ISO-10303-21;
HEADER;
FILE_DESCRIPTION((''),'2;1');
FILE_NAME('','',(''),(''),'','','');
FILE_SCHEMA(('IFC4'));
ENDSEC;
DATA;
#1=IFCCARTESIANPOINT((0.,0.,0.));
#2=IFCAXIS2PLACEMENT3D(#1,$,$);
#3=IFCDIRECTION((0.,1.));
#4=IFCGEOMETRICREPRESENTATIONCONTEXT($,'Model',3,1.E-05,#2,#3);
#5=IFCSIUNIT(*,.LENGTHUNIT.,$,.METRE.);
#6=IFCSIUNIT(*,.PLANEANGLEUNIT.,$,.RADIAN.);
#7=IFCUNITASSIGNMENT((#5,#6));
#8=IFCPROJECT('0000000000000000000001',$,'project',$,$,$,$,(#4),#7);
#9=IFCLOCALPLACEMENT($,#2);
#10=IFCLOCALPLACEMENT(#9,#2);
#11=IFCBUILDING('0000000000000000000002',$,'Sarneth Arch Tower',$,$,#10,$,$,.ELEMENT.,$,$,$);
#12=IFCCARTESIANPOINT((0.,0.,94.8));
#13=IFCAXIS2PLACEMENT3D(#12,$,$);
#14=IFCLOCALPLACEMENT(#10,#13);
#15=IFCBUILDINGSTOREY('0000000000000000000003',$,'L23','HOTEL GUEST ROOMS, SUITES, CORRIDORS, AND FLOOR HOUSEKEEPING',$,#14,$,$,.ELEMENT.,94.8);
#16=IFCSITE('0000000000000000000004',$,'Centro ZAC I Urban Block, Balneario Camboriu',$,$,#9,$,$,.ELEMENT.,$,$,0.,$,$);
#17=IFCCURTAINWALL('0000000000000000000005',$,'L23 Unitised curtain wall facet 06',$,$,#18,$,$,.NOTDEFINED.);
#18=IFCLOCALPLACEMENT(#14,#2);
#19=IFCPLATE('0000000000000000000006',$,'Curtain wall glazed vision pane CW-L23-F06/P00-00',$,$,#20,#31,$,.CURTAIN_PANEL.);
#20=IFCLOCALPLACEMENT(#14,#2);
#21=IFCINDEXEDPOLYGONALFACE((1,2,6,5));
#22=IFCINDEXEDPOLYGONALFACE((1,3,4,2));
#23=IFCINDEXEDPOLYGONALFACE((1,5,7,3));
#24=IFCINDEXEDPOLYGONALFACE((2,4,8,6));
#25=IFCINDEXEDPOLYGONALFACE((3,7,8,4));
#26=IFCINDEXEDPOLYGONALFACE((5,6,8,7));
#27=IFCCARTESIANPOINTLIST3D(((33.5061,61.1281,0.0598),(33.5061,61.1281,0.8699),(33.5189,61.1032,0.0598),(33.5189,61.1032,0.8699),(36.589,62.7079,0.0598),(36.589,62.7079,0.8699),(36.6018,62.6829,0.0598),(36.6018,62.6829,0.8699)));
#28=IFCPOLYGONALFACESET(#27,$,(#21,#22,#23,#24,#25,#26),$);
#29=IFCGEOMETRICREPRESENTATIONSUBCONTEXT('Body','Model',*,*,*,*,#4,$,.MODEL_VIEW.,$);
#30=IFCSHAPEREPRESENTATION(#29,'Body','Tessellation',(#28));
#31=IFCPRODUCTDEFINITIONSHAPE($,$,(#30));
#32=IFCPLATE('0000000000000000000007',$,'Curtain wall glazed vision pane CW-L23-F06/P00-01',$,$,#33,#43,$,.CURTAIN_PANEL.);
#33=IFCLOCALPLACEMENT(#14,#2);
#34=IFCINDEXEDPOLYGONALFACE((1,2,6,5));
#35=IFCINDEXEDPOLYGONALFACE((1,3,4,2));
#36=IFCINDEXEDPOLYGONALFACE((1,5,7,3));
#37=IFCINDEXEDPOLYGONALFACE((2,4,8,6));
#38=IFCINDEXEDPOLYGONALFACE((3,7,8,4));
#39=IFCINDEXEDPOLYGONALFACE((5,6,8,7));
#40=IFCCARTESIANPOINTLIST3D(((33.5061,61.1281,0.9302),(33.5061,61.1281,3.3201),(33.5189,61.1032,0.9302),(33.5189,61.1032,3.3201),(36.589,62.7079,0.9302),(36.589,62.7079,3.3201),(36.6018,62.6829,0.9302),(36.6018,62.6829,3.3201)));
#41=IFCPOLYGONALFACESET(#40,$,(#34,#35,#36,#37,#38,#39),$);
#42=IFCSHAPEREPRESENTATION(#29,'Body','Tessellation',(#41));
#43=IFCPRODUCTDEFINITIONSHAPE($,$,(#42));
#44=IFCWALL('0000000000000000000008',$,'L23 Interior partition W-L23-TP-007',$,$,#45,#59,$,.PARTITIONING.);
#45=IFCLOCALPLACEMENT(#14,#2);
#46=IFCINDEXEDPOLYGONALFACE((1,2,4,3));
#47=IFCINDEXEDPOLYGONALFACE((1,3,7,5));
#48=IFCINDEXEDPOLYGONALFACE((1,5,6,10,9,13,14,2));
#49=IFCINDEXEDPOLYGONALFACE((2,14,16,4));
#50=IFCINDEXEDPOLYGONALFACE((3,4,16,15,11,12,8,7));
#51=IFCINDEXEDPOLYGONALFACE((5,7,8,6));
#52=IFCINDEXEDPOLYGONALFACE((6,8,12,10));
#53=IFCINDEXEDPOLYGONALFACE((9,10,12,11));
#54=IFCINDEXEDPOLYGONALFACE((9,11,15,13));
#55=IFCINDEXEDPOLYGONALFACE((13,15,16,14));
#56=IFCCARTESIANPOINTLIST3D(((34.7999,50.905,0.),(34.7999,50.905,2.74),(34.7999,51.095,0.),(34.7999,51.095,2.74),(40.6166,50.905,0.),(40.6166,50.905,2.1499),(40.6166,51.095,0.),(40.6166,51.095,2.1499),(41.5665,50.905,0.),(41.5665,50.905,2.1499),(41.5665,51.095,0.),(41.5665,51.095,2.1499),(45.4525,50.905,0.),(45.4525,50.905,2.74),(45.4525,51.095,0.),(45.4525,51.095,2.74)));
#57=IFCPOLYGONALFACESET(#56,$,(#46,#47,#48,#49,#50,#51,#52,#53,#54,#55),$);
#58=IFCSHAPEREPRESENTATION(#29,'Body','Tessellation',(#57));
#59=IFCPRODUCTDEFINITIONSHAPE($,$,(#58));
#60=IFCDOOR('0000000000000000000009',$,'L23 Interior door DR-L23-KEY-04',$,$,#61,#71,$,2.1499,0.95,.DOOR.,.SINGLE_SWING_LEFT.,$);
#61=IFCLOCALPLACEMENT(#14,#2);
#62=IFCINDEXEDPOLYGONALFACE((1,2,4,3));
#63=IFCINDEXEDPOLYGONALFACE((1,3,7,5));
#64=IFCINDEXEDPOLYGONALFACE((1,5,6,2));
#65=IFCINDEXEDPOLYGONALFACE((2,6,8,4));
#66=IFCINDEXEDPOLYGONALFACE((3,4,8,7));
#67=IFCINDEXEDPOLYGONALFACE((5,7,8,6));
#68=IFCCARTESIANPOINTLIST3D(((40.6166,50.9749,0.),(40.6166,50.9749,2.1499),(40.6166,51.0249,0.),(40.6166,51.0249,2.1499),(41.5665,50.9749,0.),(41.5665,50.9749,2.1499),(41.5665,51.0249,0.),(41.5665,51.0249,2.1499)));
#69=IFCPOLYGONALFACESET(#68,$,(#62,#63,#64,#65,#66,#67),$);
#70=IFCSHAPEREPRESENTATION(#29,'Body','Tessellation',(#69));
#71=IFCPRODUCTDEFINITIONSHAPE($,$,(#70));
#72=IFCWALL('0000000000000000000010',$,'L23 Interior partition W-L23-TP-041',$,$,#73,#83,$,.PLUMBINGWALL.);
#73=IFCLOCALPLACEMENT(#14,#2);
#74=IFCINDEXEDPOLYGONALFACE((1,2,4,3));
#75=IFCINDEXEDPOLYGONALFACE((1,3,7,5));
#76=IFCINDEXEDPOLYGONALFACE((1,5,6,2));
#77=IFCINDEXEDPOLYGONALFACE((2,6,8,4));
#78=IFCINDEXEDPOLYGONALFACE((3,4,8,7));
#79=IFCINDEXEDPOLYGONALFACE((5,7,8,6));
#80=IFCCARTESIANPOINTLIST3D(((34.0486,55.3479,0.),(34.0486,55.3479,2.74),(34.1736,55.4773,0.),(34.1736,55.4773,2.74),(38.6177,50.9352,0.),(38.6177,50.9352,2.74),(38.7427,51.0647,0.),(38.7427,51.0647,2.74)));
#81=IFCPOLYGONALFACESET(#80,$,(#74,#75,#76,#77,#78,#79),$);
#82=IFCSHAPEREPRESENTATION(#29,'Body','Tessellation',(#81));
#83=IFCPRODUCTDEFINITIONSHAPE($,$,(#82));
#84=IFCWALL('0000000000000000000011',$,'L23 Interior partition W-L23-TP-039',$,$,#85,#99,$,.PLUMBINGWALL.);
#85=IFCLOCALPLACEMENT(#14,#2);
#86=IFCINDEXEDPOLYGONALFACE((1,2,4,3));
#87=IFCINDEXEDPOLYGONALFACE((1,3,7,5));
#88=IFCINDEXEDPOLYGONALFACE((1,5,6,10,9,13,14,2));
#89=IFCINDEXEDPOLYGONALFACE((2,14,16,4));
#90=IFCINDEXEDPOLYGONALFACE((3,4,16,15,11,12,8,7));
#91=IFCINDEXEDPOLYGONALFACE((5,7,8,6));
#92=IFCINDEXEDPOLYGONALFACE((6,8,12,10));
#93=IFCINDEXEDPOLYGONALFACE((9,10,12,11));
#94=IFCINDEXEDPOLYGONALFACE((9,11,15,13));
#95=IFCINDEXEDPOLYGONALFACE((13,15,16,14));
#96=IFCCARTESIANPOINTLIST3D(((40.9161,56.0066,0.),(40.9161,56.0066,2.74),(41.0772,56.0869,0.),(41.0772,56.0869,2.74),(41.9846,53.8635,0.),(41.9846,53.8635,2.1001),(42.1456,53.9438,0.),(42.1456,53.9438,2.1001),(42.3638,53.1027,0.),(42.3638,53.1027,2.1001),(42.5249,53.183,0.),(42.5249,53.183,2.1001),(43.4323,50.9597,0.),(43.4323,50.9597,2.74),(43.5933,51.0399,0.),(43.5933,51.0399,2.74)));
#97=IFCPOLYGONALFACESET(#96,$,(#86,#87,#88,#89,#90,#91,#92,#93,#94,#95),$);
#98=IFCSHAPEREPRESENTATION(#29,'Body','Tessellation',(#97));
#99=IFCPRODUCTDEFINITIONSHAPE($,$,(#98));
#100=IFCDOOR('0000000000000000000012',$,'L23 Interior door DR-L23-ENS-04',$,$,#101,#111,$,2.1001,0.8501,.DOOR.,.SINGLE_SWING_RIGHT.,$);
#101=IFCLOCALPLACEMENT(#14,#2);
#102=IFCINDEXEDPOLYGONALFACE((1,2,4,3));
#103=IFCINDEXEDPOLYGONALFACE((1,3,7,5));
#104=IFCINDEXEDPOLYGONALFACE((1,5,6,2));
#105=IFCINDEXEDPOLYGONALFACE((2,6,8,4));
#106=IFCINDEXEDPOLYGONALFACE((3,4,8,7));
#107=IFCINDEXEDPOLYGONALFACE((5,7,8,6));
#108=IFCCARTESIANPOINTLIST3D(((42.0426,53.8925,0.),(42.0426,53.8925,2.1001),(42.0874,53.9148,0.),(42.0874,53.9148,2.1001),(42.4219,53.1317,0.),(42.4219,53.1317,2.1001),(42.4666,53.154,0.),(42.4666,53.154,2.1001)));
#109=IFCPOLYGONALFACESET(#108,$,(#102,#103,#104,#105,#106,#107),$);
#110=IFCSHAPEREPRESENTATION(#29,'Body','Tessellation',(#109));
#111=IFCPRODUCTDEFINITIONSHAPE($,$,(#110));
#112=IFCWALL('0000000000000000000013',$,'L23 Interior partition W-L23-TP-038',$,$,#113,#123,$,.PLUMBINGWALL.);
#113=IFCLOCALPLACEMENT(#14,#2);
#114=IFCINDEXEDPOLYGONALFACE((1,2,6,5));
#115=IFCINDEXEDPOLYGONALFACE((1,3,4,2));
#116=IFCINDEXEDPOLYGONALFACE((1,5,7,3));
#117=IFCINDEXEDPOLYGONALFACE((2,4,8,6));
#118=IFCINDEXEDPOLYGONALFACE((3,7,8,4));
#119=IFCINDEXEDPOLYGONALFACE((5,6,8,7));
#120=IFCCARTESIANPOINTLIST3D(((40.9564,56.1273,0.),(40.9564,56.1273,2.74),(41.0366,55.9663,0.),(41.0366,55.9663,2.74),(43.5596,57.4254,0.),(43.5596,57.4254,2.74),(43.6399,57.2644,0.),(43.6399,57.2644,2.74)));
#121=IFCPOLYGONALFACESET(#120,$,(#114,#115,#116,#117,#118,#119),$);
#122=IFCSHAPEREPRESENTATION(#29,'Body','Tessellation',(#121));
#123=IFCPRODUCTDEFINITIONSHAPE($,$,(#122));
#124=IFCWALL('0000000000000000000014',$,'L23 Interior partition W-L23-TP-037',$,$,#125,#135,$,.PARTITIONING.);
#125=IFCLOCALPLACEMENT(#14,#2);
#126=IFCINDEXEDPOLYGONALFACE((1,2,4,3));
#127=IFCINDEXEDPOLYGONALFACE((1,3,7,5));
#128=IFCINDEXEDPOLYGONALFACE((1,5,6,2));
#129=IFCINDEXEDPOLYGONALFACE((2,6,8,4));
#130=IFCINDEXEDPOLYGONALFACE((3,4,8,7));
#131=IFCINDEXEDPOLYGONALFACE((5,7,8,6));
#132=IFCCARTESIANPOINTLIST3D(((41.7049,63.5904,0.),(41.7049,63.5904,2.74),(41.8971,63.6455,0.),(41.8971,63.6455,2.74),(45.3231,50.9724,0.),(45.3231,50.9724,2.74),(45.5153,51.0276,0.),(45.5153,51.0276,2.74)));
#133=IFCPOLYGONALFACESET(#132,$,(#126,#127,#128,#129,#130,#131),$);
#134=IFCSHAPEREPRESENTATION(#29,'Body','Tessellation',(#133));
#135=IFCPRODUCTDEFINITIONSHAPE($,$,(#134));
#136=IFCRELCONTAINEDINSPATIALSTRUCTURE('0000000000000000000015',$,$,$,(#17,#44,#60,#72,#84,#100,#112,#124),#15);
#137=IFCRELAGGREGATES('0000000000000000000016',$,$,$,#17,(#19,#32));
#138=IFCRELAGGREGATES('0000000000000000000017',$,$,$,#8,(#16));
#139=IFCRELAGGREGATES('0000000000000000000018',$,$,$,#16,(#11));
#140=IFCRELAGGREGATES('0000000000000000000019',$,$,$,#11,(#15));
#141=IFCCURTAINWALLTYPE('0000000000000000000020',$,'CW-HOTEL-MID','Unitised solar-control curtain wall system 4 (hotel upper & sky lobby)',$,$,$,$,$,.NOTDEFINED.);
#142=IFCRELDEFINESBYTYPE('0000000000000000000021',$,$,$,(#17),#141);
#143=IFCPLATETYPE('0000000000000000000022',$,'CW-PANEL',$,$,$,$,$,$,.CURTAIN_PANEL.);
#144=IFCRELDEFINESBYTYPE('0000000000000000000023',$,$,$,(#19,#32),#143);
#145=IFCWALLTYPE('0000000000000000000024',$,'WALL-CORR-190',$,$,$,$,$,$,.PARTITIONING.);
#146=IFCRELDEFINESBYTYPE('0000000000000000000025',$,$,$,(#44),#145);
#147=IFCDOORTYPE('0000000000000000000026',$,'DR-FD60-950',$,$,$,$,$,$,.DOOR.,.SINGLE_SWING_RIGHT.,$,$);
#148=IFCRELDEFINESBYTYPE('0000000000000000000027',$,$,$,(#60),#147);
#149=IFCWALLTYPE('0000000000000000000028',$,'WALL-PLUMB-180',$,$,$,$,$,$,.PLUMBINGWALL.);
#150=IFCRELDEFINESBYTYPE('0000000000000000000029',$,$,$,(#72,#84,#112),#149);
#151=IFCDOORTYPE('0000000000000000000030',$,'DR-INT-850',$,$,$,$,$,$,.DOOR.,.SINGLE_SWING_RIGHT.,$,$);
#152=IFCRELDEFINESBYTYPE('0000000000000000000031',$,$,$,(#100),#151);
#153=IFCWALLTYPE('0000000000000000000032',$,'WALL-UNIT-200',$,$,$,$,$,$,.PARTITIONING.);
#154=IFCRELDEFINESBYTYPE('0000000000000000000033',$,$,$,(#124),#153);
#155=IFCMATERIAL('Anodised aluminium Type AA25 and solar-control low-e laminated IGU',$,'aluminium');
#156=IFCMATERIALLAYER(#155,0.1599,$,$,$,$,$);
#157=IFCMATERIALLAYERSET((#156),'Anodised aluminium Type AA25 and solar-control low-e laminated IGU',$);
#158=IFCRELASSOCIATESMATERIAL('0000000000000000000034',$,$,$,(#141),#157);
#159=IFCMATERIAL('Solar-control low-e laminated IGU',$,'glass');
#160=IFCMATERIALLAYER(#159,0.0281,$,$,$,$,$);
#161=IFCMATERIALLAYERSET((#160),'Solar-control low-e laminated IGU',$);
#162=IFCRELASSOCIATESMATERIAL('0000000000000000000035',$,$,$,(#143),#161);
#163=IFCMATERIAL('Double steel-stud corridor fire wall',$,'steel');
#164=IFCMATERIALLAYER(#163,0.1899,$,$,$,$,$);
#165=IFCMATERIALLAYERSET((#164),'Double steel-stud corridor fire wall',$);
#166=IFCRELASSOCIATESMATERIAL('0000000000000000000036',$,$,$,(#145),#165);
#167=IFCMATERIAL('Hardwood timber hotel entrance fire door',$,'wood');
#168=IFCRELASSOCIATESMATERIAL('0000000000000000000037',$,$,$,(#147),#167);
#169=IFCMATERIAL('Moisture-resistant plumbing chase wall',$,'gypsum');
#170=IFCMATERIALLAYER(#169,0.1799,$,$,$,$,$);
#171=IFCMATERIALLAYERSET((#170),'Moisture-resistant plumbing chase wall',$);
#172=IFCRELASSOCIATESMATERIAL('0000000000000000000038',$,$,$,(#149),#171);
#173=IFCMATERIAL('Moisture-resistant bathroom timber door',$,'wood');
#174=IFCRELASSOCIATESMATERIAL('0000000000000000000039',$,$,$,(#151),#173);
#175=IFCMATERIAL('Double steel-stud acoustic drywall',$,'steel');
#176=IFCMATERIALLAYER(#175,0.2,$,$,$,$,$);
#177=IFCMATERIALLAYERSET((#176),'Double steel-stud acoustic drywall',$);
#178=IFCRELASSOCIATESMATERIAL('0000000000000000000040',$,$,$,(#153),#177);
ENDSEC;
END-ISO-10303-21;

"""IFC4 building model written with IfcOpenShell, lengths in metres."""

from ifc_helpers import new_model, si_unit, direction, frame, frame_2d, origin, origin_2d, place, context, subcontext, project, spatial, rectangle, extrude, material, layer, layer_set, type_object, element, fill, aggregate, save


model = new_model("IFC4")

# Units and contexts
model_context = context("Model", 3, precision=1e-05, world=origin(), true_north=direction((0.0, 1.0)))
body_context = subcontext(model_context, "Body", "Model", "MODEL_VIEW")
ifc_project = project(units=[si_unit("LENGTHUNIT", "METRE"), si_unit("PLANEANGLEUNIT", "RADIAN")], contexts=[model_context])

# Site, building, storey
site_placement = place(None, origin())
site = spatial("IfcSite", under=ifc_project, at=site_placement, Name="Centro ZAC I Urban Block, Balneario Camboriu", CompositionType="ELEMENT", RefElevation=0.0)
building_placement = place(site_placement, origin())
building = spatial("IfcBuilding", under=site, at=building_placement, Name="Sarneth Arch Tower", CompositionType="ELEMENT")
storey_placement = place(building_placement, frame((0.0, 0.0, 94.8)))
storey = spatial("IfcBuildingStorey", under=building, at=storey_placement, Name="L23", Description="HOTEL GUEST ROOMS, SUITES, CORRIDORS, AND FLOOR HOUSEKEEPING", CompositionType="ELEMENT", Elevation=94.8)

# Curtain wall, plates
ifc_material_1 = material(Name="Anodised aluminium Type AA25 and solar-control low-e laminated IGU", Category="aluminium")
ifc_layer_1 = layer(ifc_material_1, 0.1599)
ifc_layer_set_1 = layer_set([ifc_layer_1], Name="Anodised aluminium Type AA25 and solar-control low-e laminated IGU")
curtain_wall_type = type_object("IfcCurtainWallType", Name="CW-HOTEL-MID", Description="Unitised solar-control curtain wall system 4 (hotel upper & sky lobby)", PredefinedType="NOTDEFINED", material=ifc_layer_set_1)
curtain_wall_placement = place(storey_placement, origin())
curtain_wall = element("IfcCurtainWall", 1, at=curtain_wall_placement, inside=storey, type_object=curtain_wall_type, Name="L23 Unitised curtain wall facet 06", PredefinedType="NOTDEFINED")
ifc_material_2 = material(Name="Solar-control low-e laminated IGU", Category="glass")
ifc_layer_2 = layer(ifc_material_2, 0.0281)
ifc_layer_set_2 = layer_set([ifc_layer_2], Name="Solar-control low-e laminated IGU")
plate_type = type_object("IfcPlateType", Name="CW-PANEL", PredefinedType="CURTAIN_PANEL", material=ifc_layer_set_2)
plate_1_placement = place(storey_placement, frame((35.054, 61.9055, 0.0598), z_axis=(0.0, 0.0, 1.0), x_axis=(-0.889964, -0.456031, 0.0)))
plate_1 = element("IfcPlate", 2, at=plate_1_placement, type_object=plate_type, Name="Curtain wall glazed vision pane CW-L23-F06/P00-00", PredefinedType="CURTAIN_PANEL", context=body_context, shape_type="SweptSolid", body=[
    extrude(rectangle(XDim=3.4641, YDim=0.0281, at=origin_2d()), origin(), (0.0, 0.0, 1.0), 0.8101),
])
plate_2_placement = place(storey_placement, frame((35.054, 61.9055, 0.9302), z_axis=(0.0, 0.0, 1.0), x_axis=(-0.889964, -0.456031, 0.0)))
plate_2 = element("IfcPlate", 3, at=plate_2_placement, type_object=plate_type, Name="Curtain wall glazed vision pane CW-L23-F06/P00-01", PredefinedType="CURTAIN_PANEL", context=body_context, shape_type="SweptSolid", body=[
    extrude(rectangle(XDim=3.4641, YDim=0.0281, at=origin_2d()), origin(), (0.0, 0.0, 1.0), 2.3899),
])
aggregate(curtain_wall, [plate_1, plate_2])

# Wall, opening, door
ifc_material_3 = material(Name="Double steel-stud corridor fire wall", Category="steel")
ifc_layer_3 = layer(ifc_material_3, 0.1899)
ifc_layer_set_3 = layer_set([ifc_layer_3], Name="Double steel-stud corridor fire wall")
wall_type_1 = type_object("IfcWallType", Name="WALL-CORR-190", PredefinedType="PARTITIONING", material=ifc_layer_set_3)
wall_1_placement = place(storey_placement, frame((34.8, 51.0, 0.0), z_axis=(0.0, 0.0, 1.0), x_axis=(1.0, 0.0, 0.0)))
wall_1 = element("IfcWall", 4, at=wall_1_placement, inside=storey, type_object=wall_type_1, Name="L23 Interior partition W-L23-TP-007", PredefinedType="PARTITIONING", context=body_context, shape_type="SweptSolid", body=[
    extrude(rectangle(XDim=10.6526, YDim=0.1899, at=frame_2d((5.3262, 0.0))), origin(), (0.0, 0.0, 1.0), 2.74),
])
opening_1_placement = place(wall_1_placement, frame((5.8164, 0.0, 0.0)))
opening_1 = element("IfcOpeningElement", 5, at=opening_1_placement, cuts=wall_1, PredefinedType="OPENING", context=body_context, shape_type="SweptSolid", body=[
    extrude(rectangle(XDim=0.95, YDim=2.1499, at=frame_2d((0.4751, 1.075))), frame((0.0, 0.105, 0.0), z_axis=(0.0, -1.0, 0.0), x_axis=(1.0, 0.0, 0.0)), (0.0, 0.0, 1.0), 0.21),
])
ifc_material_4 = material(Name="Hardwood timber hotel entrance fire door", Category="wood")
door_type_1 = type_object("IfcDoorType", Name="DR-FD60-950", OperationType="SINGLE_SWING_RIGHT", PredefinedType="DOOR", material=ifc_material_4)
door_1_placement = place(opening_1_placement, origin())
door_1 = element("IfcDoor", 6, at=door_1_placement, inside=storey, type_object=door_type_1, Name="L23 Interior door DR-L23-KEY-04", OperationType="SINGLE_SWING_LEFT", OverallHeight=2.1499, OverallWidth=0.95, PredefinedType="DOOR", context=body_context, shape_type="SweptSolid", body=[
    extrude(rectangle(XDim=0.95, YDim=2.1499, at=frame_2d((0.4751, 1.075))), frame((0.0, 0.0249, 0.0), z_axis=(0.0, -1.0, 0.0), x_axis=(1.0, 0.0, 0.0)), (0.0, 0.0, 1.0), 0.05),
])
fill(opening_1, door_1)

# Wall
ifc_material_5 = material(Name="Moisture-resistant plumbing chase wall", Category="gypsum")
ifc_layer_4 = layer(ifc_material_5, 0.1799)
ifc_layer_set_4 = layer_set([ifc_layer_4], Name="Moisture-resistant plumbing chase wall")
wall_type_2 = type_object("IfcWallType", Name="WALL-PLUMB-180", PredefinedType="PLUMBINGWALL", material=ifc_layer_set_4)
wall_2_placement = place(storey_placement, frame((34.1111, 55.4126, 0.0), z_axis=(0.0, 0.0, 1.0), x_axis=(0.719318, -0.694681, 0.0)))
element("IfcWall", 7, at=wall_2_placement, inside=storey, type_object=wall_type_2, Name="L23 Interior partition W-L23-TP-041", PredefinedType="PLUMBINGWALL", context=body_context, shape_type="SweptSolid", body=[
    extrude(rectangle(XDim=6.3521, YDim=0.1799, at=frame_2d((3.176, 0.0))), origin(), (0.0, 0.0, 1.0), 2.74),
])

# Wall, opening, door
wall_3_placement = place(storey_placement, frame((40.9966, 56.0469, 0.0), z_axis=(0.0, 0.0, 1.0), x_axis=(0.446174, -0.894946, 0.0)))
wall_3 = element("IfcWall", 8, at=wall_3_placement, inside=storey, type_object=wall_type_2, Name="L23 Interior partition W-L23-TP-039", PredefinedType="PLUMBINGWALL", context=body_context, shape_type="SweptSolid", body=[
    extrude(rectangle(XDim=5.6394, YDim=0.1799, at=frame_2d((2.8198, 0.0))), origin(), (0.0, 0.0, 1.0), 2.74),
])
opening_2_placement = place(wall_3_placement, frame((2.3948, 0.0, 0.0)))
opening_2 = element("IfcOpeningElement", 9, at=opening_2_placement, cuts=wall_3, PredefinedType="OPENING", context=body_context, shape_type="SweptSolid", body=[
    extrude(rectangle(XDim=0.8501, YDim=2.1001, at=frame_2d((0.425, 1.05))), frame((0.0, 0.0999, 0.0), z_axis=(0.0, -1.0, 0.0), x_axis=(1.0, 0.0, 0.0)), (0.0, 0.0, 1.0), 0.2),
])
ifc_material_6 = material(Name="Moisture-resistant bathroom timber door", Category="wood")
door_type_2 = type_object("IfcDoorType", Name="DR-INT-850", OperationType="SINGLE_SWING_RIGHT", PredefinedType="DOOR", material=ifc_material_6)
door_2_placement = place(opening_2_placement, origin())
door_2 = element("IfcDoor", 10, at=door_2_placement, inside=storey, type_object=door_type_2, Name="L23 Interior door DR-L23-ENS-04", OperationType="SINGLE_SWING_RIGHT", OverallHeight=2.1001, OverallWidth=0.8501, PredefinedType="DOOR", context=body_context, shape_type="SweptSolid", body=[
    extrude(rectangle(XDim=0.8501, YDim=2.1001, at=frame_2d((0.425, 1.05))), frame((0.0, 0.0249, 0.0), z_axis=(0.0, -1.0, 0.0), x_axis=(1.0, 0.0, 0.0)), (0.0, 0.0, 1.0), 0.05),
])
fill(opening_2, door_2)

# Walls
wall_4_placement = place(storey_placement, frame((43.5999, 57.345, 0.0), z_axis=(0.0, 0.0, 1.0), x_axis=(-0.894913, -0.44624, 0.0)))
element("IfcWall", 11, at=wall_4_placement, inside=storey, type_object=wall_type_2, Name="L23 Interior partition W-L23-TP-038", PredefinedType="PLUMBINGWALL", context=body_context, shape_type="SweptSolid", body=[
    extrude(rectangle(XDim=2.9089, YDim=0.1799, at=frame_2d((1.4546, 0.0))), origin(), (0.0, 0.0, 1.0), 2.74),
])
ifc_material_7 = material(Name="Double steel-stud acoustic drywall", Category="steel")
ifc_layer_5 = layer(ifc_material_7, 0.2)
ifc_layer_set_5 = layer_set([ifc_layer_5], Name="Double steel-stud acoustic drywall")
wall_type_3 = type_object("IfcWallType", Name="WALL-UNIT-200", PredefinedType="PARTITIONING", material=ifc_layer_set_5)
wall_5_placement = place(storey_placement, frame((45.4192, 51.0, 0.0), z_axis=(0.0, 0.0, 1.0), x_axis=(-0.27564, 0.961261, 0.0)))
element("IfcWall", 12, at=wall_5_placement, inside=storey, type_object=wall_type_3, Name="L23 Interior partition W-L23-TP-037", PredefinedType="PARTITIONING", context=body_context, shape_type="SweptSolid", body=[
    extrude(rectangle(XDim=13.1265, YDim=0.2, at=frame_2d((6.5632, 0.0))), origin(), (0.0, 0.0, 1.0), 2.74),
])

save(model, "model.ifc")
